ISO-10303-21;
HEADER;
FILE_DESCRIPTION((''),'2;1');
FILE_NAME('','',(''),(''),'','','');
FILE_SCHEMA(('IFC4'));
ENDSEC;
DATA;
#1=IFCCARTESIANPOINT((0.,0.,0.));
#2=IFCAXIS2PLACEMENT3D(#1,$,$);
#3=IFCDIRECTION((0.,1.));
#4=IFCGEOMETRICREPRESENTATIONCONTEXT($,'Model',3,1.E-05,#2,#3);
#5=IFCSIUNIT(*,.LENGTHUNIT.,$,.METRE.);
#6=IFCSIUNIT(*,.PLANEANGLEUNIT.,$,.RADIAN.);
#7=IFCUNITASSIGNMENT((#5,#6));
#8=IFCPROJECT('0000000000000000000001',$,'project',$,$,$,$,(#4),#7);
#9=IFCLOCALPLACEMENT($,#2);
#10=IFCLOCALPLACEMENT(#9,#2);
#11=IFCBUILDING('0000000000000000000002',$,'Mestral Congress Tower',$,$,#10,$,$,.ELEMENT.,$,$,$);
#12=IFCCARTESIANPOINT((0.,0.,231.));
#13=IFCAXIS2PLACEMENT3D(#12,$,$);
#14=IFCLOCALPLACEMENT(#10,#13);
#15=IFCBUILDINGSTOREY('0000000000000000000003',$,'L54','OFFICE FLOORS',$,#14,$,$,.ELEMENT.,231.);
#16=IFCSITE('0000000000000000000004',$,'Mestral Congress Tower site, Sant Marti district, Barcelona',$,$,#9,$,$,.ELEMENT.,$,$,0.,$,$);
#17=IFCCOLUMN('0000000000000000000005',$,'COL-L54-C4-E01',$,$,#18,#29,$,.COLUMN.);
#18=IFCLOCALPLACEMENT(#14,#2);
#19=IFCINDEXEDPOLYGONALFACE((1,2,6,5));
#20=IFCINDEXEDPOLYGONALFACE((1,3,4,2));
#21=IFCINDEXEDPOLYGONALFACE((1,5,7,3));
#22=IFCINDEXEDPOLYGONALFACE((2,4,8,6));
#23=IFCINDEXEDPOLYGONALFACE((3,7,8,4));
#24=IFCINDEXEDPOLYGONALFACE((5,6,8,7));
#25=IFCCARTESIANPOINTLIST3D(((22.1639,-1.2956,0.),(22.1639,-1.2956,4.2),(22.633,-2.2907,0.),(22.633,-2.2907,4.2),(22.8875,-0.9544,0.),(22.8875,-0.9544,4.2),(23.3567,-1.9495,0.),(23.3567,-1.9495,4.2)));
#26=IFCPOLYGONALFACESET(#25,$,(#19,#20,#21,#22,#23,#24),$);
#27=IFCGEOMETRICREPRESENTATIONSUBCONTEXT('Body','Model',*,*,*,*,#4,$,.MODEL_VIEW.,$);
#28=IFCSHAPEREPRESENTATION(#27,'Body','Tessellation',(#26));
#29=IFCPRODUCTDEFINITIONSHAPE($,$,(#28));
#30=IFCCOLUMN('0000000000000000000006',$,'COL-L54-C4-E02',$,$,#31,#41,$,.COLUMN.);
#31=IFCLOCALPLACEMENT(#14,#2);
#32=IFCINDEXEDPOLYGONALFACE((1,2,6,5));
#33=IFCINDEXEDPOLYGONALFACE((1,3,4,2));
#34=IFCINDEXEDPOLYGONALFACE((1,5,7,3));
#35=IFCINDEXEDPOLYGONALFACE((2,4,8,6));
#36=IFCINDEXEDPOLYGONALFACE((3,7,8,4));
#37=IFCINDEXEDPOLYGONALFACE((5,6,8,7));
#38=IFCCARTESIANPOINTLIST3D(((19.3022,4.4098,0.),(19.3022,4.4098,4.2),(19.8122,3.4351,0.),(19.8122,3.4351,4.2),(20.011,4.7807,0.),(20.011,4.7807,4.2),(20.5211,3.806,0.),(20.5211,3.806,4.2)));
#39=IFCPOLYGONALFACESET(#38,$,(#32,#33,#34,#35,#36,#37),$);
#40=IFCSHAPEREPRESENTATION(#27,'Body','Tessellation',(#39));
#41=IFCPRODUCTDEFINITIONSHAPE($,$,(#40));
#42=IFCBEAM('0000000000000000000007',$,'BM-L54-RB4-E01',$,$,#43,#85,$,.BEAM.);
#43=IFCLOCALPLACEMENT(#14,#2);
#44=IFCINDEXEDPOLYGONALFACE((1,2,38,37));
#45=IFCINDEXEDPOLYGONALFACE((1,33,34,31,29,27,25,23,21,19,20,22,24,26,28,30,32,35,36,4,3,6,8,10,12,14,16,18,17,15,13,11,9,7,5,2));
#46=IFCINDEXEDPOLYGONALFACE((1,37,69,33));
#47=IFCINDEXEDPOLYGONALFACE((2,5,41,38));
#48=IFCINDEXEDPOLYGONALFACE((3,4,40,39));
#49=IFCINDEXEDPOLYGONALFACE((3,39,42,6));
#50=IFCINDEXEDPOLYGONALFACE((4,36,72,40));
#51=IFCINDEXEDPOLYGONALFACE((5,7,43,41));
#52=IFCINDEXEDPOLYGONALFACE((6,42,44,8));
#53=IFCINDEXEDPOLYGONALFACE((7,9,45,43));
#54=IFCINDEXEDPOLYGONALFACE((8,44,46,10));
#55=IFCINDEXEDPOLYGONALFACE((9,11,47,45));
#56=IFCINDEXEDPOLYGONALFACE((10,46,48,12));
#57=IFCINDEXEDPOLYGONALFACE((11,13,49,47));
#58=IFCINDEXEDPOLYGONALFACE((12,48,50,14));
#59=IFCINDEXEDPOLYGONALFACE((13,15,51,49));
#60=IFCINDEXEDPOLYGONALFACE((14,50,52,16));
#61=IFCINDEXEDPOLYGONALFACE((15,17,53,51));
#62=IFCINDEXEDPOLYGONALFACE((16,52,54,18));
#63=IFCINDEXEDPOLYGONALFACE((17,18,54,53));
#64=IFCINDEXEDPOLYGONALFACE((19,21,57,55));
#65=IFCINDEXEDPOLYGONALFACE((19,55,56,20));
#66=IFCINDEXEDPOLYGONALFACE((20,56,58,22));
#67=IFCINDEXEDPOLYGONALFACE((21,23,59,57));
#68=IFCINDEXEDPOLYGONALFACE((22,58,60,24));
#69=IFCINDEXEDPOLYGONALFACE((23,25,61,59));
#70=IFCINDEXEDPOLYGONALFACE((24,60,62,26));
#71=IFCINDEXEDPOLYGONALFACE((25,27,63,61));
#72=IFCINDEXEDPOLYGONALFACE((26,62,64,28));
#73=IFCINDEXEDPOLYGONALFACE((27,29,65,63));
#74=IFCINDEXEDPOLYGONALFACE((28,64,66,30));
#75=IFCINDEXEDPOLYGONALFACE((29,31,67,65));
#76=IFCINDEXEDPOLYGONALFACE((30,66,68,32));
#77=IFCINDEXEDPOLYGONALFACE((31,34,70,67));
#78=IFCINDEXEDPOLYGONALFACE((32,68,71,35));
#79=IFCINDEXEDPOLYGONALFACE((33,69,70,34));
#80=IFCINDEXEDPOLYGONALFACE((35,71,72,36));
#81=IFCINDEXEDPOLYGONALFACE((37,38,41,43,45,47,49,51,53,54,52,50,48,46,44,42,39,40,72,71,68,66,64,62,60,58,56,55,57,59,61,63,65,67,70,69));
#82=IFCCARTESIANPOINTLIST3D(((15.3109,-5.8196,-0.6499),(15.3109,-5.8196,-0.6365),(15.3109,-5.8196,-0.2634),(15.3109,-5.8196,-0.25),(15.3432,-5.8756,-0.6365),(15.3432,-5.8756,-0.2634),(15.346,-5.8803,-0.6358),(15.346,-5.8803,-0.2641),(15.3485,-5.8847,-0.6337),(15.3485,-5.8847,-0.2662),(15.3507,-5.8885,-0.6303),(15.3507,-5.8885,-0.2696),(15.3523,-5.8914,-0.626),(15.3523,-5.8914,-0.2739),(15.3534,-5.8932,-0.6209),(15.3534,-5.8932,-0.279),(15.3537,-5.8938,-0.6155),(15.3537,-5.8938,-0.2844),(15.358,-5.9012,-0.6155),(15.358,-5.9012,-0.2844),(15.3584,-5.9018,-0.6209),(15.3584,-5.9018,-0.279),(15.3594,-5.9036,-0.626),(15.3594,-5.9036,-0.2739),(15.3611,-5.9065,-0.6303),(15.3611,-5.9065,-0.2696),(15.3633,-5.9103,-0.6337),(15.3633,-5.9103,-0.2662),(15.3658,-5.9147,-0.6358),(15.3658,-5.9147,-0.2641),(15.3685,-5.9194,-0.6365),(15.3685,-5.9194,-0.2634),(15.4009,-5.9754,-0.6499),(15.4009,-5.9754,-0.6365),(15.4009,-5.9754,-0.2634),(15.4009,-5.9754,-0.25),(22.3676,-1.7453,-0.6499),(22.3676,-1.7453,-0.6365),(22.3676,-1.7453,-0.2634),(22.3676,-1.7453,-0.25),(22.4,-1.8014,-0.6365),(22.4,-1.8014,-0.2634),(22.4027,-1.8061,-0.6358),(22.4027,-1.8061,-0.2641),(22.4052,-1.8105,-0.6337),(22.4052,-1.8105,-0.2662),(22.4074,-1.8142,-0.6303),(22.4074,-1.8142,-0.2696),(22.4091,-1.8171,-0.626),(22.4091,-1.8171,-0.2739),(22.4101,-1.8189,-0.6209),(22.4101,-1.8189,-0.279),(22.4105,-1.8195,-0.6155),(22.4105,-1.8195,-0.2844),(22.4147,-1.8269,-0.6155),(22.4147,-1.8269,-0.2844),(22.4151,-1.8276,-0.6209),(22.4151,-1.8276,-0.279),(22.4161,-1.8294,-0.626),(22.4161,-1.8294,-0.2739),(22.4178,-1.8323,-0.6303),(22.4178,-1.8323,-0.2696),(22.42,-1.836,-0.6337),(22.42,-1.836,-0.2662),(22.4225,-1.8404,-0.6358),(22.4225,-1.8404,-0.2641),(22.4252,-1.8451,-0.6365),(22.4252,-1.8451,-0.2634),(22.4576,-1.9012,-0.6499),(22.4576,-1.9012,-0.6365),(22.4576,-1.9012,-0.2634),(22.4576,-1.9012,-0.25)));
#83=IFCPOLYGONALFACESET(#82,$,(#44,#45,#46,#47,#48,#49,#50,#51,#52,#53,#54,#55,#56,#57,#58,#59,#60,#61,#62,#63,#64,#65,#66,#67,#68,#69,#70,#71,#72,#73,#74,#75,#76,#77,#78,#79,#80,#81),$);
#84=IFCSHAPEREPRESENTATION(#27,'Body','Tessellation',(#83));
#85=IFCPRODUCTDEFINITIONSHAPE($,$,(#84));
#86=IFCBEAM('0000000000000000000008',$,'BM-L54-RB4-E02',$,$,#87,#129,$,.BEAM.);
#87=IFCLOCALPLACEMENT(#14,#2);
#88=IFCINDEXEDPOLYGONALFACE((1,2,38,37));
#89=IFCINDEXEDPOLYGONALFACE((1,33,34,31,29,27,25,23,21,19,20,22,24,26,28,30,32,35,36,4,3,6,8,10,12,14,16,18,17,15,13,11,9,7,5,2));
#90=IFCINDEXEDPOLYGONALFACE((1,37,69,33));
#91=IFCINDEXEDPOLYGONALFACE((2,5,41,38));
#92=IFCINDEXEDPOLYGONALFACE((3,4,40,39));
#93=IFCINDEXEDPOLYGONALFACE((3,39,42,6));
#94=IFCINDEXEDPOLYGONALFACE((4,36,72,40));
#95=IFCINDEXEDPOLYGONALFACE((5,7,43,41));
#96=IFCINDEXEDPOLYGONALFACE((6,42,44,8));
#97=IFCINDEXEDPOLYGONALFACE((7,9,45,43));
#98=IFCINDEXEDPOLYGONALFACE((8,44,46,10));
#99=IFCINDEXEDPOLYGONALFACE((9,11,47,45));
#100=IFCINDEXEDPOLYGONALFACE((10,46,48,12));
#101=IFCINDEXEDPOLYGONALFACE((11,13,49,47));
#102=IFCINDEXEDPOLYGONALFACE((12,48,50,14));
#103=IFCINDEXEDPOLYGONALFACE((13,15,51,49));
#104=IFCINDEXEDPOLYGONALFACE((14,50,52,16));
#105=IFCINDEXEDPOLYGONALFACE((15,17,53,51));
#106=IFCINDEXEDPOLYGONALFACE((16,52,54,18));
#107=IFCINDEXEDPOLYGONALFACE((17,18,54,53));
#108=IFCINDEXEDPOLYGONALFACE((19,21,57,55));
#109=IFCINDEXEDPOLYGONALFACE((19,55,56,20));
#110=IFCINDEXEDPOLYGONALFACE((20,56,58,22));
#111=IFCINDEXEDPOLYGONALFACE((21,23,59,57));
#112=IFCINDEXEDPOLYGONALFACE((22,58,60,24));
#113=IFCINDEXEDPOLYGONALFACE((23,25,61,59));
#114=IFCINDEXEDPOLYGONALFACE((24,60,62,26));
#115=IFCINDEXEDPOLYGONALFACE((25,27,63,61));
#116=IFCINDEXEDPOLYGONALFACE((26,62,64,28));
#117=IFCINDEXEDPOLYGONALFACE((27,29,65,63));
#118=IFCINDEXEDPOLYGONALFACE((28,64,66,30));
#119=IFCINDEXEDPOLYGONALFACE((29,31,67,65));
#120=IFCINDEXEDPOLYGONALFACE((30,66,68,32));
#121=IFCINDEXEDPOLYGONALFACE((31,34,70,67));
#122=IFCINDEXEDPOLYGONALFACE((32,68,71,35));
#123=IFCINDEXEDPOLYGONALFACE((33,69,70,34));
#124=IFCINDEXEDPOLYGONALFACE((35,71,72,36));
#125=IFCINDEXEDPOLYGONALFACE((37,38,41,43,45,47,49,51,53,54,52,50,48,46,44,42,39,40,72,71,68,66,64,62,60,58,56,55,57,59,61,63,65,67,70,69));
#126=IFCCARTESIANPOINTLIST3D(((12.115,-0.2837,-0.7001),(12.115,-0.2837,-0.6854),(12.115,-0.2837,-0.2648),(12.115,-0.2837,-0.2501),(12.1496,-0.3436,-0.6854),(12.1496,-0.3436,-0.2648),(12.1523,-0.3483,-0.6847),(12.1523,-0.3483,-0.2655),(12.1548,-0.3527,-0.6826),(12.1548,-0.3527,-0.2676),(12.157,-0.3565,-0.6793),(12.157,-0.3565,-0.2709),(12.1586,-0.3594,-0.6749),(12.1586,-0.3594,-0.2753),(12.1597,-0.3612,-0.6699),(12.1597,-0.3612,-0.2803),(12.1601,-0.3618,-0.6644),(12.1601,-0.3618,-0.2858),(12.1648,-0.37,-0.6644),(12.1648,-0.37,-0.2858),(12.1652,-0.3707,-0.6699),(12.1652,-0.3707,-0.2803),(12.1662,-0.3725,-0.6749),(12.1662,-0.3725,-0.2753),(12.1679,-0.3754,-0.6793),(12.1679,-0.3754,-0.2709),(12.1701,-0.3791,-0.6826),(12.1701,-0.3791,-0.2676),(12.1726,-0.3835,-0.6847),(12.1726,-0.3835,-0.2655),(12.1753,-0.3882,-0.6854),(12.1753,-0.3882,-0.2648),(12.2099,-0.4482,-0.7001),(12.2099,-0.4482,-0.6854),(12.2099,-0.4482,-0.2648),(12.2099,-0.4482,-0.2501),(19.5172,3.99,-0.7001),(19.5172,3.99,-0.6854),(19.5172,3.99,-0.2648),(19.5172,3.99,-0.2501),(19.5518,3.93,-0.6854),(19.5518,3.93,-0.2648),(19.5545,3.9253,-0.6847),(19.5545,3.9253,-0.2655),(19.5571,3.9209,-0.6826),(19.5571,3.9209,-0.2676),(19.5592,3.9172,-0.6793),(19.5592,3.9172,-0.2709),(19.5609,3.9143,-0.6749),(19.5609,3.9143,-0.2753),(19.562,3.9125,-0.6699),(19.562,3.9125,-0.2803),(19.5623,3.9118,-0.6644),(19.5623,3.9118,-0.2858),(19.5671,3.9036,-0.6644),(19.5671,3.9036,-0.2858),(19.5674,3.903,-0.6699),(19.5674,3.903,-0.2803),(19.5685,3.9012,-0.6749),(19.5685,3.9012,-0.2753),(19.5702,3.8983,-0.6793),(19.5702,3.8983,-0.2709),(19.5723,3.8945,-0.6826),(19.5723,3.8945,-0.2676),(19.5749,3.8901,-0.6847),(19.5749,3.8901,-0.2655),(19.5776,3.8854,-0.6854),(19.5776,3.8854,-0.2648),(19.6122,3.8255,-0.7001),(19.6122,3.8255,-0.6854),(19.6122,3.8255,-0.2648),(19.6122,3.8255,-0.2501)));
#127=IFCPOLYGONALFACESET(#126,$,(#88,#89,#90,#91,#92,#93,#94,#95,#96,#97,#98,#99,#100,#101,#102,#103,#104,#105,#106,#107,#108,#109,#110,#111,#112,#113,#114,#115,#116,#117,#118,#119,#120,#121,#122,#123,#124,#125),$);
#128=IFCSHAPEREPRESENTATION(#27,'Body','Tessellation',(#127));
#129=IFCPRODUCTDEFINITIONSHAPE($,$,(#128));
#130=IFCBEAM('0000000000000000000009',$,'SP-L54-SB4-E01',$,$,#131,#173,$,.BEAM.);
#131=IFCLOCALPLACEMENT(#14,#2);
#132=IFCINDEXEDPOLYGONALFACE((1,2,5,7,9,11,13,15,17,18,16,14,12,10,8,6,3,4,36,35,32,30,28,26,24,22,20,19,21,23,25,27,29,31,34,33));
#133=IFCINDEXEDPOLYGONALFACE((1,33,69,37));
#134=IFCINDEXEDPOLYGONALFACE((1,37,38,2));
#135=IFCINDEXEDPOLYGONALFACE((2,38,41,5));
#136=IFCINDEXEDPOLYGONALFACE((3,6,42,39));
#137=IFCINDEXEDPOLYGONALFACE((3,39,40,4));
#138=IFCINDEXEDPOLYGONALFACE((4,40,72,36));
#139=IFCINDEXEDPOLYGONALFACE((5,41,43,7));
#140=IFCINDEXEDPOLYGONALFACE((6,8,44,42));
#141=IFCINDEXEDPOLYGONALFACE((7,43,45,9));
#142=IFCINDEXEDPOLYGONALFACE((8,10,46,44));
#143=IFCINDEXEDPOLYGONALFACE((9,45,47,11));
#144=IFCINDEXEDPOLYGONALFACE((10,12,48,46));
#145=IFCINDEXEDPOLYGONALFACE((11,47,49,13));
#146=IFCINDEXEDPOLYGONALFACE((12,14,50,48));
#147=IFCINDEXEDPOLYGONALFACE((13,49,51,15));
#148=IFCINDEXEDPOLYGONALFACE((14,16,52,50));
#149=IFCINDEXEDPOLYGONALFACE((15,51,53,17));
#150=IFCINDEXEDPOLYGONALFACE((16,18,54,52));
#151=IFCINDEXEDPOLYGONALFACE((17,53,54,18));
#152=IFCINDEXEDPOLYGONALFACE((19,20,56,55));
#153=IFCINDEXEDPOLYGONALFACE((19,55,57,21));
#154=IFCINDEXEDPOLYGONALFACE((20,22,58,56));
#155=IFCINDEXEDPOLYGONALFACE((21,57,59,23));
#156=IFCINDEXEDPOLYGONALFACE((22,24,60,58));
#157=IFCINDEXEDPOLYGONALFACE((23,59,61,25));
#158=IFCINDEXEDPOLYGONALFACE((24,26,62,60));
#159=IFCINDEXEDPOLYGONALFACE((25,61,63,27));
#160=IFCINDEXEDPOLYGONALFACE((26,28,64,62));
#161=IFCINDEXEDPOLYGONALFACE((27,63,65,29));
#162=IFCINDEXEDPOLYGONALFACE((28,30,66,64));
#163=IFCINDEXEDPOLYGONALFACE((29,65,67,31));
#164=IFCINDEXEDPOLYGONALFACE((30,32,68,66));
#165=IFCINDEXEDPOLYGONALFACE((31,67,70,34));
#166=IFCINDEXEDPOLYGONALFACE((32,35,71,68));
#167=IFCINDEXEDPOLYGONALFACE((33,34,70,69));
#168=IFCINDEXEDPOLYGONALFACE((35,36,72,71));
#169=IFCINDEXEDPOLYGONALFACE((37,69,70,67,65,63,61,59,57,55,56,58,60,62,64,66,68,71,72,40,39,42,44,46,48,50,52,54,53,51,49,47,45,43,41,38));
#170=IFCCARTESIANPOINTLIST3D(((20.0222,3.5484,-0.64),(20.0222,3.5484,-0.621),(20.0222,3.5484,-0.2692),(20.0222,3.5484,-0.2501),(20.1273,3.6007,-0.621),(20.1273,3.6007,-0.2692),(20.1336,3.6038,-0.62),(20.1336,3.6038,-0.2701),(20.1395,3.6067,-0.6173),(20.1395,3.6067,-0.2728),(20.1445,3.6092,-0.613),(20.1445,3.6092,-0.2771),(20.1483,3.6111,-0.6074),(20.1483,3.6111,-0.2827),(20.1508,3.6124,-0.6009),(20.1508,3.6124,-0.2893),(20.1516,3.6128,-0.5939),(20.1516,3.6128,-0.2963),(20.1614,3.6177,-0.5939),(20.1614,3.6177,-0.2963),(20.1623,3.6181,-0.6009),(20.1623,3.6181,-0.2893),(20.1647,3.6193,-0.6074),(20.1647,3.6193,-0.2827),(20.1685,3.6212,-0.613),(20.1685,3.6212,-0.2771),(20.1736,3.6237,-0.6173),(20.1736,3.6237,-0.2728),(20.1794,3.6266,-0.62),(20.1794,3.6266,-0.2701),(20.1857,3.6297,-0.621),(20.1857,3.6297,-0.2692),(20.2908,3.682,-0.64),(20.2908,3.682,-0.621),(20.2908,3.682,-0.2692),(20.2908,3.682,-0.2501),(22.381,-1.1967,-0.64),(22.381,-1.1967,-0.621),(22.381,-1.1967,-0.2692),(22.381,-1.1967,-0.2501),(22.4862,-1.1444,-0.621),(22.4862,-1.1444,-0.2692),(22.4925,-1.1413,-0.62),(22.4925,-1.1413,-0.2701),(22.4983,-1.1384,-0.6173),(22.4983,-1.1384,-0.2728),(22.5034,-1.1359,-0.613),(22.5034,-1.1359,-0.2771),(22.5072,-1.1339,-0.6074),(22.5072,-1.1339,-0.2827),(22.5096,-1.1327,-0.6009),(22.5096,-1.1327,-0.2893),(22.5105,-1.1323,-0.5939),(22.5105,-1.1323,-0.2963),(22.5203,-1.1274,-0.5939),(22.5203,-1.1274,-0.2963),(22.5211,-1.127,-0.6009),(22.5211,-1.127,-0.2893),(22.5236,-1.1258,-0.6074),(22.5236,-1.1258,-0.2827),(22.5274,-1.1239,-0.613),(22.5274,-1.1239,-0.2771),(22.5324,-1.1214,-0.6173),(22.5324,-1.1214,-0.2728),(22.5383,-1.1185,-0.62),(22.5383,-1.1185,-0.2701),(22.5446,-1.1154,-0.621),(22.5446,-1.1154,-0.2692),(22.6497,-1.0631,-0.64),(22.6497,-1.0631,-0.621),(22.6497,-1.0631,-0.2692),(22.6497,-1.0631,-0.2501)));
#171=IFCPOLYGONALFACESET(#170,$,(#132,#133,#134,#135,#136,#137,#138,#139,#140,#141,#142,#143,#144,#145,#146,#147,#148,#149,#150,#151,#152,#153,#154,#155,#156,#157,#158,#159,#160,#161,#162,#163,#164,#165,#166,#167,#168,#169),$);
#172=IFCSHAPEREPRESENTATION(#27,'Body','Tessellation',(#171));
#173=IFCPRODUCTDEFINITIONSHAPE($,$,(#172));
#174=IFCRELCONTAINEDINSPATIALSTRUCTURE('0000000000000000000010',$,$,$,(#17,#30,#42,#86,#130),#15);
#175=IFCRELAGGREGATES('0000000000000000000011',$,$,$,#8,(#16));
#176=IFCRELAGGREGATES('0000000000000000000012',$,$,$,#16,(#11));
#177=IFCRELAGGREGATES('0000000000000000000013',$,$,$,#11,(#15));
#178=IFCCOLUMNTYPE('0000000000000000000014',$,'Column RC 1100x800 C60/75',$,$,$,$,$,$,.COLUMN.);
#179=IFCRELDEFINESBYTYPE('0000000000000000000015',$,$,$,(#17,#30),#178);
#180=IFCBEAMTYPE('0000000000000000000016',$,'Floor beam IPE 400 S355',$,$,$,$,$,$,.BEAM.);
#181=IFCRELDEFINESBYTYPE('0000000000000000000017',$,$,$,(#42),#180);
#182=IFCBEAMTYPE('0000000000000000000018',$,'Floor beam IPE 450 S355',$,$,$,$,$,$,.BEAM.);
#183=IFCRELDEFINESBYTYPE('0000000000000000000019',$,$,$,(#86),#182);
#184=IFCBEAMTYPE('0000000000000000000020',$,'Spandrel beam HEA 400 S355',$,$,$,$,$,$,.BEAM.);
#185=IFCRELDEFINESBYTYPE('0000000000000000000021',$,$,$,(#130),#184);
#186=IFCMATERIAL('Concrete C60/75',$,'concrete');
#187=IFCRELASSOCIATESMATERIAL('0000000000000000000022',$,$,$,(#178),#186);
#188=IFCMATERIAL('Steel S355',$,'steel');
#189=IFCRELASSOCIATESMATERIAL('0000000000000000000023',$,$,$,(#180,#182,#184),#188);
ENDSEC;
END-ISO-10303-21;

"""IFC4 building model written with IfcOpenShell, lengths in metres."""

from ifc_helpers import new_model, si_unit, direction, frame, origin, origin_2d, place, context, subcontext, project, spatial, rectangle, i_section, extrude, material, material_profile, profile_set, type_object, element, save


model = new_model("IFC4")

# Units and contexts
model_context = context("Model", 3, precision=1e-05, world=origin(), true_north=direction((0.0, 1.0)))
body_context = subcontext(model_context, "Body", "Model", "MODEL_VIEW")
ifc_project = project(units=[si_unit("LENGTHUNIT", "METRE"), si_unit("PLANEANGLEUNIT", "RADIAN")], contexts=[model_context])

# Site, building, storey
site_placement = place(None, origin())
site = spatial("IfcSite", under=ifc_project, at=site_placement, Name="Mestral Congress Tower site, Sant Marti district, Barcelona", CompositionType="ELEMENT", RefElevation=0.0)
building_placement = place(site_placement, origin())
building = spatial("IfcBuilding", under=site, at=building_placement, Name="Mestral Congress Tower", CompositionType="ELEMENT")
storey_placement = place(building_placement, frame((0.0, 0.0, 231.0)))
storey = spatial("IfcBuildingStorey", under=building, at=storey_placement, Name="L54", Description="OFFICE FLOORS", CompositionType="ELEMENT", Elevation=231.0)

# Columns
ifc_material_1 = material(Name="Concrete C60/75", Category="concrete")
ifc_material_profile_1 = material_profile(ifc_material_1, rectangle(XDim=1.1001, YDim=0.8, at=origin_2d()), Name="RC 1100x800")
ifc_profile_set_1 = profile_set([ifc_material_profile_1], Name="Concrete C60/75")
column_type = type_object("IfcColumnType", Name="Column RC 1100x800 C60/75", PredefinedType="COLUMN", material=ifc_profile_set_1)
for number, where, z_axis, x_axis, name in (
    (1, (22.7603, -1.6226, 0.0), (0.0, 0.0, 1.0), (-0.426472, 0.904501, 0.0), "COL-L54-C4-E01"),
    (2, (19.9116, 4.1079, 0.0), (0.0, 0.0, 1.0), (-0.463636, 0.886026, 0.0), "COL-L54-C4-E02"),
):
    element("IfcColumn", number, at=place(storey_placement, frame(where, z_axis=z_axis, x_axis=x_axis)), inside=storey, type_object=column_type, Name=name, PredefinedType="COLUMN", context=body_context, shape_type="SweptSolid", body=[
        extrude(rectangle(XDim=1.1001, YDim=0.8, at=origin_2d()), origin(), (0.0, 0.0, 1.0), 4.2),
    ])

# Beams
ifc_material_2 = material(Name="Steel S355", Category="steel")
ifc_material_profile_2 = material_profile(ifc_material_2, i_section(OverallWidth=0.1799, OverallDepth=0.3999, WebThickness=0.0085, FlangeThickness=0.0134, FilletRadius=0.021, at=origin_2d()), Name="IPE 400")
ifc_profile_set_2 = profile_set([ifc_material_profile_2], Name="Steel S355")
beam_type_1 = type_object("IfcBeamType", Name="Floor beam IPE 400 S355", PredefinedType="BEAM", material=ifc_profile_set_2)
beam_1_placement = place(storey_placement, frame((22.4126, -1.8232, -0.45), z_axis=(-0.866022, -0.500006, 0.0), x_axis=(0.500006, -0.866022, 0.0)))
element("IfcBeam", 3, at=beam_1_placement, inside=storey, type_object=beam_type_1, Name="BM-L54-RB4-E01", PredefinedType="BEAM", context=body_context, shape_type="SweptSolid", body=[
    extrude(i_section(OverallWidth=0.1799, OverallDepth=0.3999, WebThickness=0.0085, FlangeThickness=0.0134, FilletRadius=0.021, at=origin_2d()), origin(), (0.0, 0.0, 1.0), 8.1484),
])
ifc_material_profile_3 = material_profile(ifc_material_2, i_section(OverallWidth=0.1899, OverallDepth=0.45, WebThickness=0.0095, FlangeThickness=0.0146, FilletRadius=0.021, at=origin_2d()), Name="IPE 450")
ifc_profile_set_3 = profile_set([ifc_material_profile_3], Name="Steel S355")
beam_type_2 = type_object("IfcBeamType", Name="Floor beam IPE 450 S355", PredefinedType="BEAM", material=ifc_profile_set_3)
beam_2_placement = place(storey_placement, frame((19.5647, 3.9077, -0.4751), z_axis=(-0.866029, -0.499994, 0.0), x_axis=(0.499994, -0.866029, 0.0)))
element("IfcBeam", 4, at=beam_2_placement, inside=storey, type_object=beam_type_2, Name="BM-L54-RB4-E02", PredefinedType="BEAM", context=body_context, shape_type="SweptSolid", body=[
    extrude(i_section(OverallWidth=0.1899, OverallDepth=0.45, WebThickness=0.0095, FlangeThickness=0.0146, FilletRadius=0.021, at=origin_2d()), origin(), (0.0, 0.0, 1.0), 8.5474),
])
ifc_material_profile_4 = material_profile(ifc_material_2, i_section(OverallWidth=0.3, OverallDepth=0.3899, WebThickness=0.011, FlangeThickness=0.019, FilletRadius=0.0271, at=origin_2d()), Name="HEA 400")
ifc_profile_set_4 = profile_set([ifc_material_profile_4], Name="Steel S355")
beam_type_3 = type_object("IfcBeamType", Name="Spandrel beam HEA 400 S355", PredefinedType="BEAM", material=ifc_profile_set_4)
beam_3_placement = place(storey_placement, frame((22.5154, -1.1299, -0.4451), z_axis=(-0.445148, 0.895457, 0.0), x_axis=(-0.895457, -0.445148, 0.0)))
element("IfcBeam", 5, at=beam_3_placement, inside=storey, type_object=beam_type_3, Name="SP-L54-SB4-E01", PredefinedType="BEAM", context=body_context, shape_type="SweptSolid", body=[
    extrude(i_section(OverallWidth=0.3, OverallDepth=0.3899, WebThickness=0.011, FlangeThickness=0.019, FilletRadius=0.0271, at=origin_2d()), origin(), (0.0, 0.0, 1.0), 5.2991),
])

save(model, "model.ifc")
